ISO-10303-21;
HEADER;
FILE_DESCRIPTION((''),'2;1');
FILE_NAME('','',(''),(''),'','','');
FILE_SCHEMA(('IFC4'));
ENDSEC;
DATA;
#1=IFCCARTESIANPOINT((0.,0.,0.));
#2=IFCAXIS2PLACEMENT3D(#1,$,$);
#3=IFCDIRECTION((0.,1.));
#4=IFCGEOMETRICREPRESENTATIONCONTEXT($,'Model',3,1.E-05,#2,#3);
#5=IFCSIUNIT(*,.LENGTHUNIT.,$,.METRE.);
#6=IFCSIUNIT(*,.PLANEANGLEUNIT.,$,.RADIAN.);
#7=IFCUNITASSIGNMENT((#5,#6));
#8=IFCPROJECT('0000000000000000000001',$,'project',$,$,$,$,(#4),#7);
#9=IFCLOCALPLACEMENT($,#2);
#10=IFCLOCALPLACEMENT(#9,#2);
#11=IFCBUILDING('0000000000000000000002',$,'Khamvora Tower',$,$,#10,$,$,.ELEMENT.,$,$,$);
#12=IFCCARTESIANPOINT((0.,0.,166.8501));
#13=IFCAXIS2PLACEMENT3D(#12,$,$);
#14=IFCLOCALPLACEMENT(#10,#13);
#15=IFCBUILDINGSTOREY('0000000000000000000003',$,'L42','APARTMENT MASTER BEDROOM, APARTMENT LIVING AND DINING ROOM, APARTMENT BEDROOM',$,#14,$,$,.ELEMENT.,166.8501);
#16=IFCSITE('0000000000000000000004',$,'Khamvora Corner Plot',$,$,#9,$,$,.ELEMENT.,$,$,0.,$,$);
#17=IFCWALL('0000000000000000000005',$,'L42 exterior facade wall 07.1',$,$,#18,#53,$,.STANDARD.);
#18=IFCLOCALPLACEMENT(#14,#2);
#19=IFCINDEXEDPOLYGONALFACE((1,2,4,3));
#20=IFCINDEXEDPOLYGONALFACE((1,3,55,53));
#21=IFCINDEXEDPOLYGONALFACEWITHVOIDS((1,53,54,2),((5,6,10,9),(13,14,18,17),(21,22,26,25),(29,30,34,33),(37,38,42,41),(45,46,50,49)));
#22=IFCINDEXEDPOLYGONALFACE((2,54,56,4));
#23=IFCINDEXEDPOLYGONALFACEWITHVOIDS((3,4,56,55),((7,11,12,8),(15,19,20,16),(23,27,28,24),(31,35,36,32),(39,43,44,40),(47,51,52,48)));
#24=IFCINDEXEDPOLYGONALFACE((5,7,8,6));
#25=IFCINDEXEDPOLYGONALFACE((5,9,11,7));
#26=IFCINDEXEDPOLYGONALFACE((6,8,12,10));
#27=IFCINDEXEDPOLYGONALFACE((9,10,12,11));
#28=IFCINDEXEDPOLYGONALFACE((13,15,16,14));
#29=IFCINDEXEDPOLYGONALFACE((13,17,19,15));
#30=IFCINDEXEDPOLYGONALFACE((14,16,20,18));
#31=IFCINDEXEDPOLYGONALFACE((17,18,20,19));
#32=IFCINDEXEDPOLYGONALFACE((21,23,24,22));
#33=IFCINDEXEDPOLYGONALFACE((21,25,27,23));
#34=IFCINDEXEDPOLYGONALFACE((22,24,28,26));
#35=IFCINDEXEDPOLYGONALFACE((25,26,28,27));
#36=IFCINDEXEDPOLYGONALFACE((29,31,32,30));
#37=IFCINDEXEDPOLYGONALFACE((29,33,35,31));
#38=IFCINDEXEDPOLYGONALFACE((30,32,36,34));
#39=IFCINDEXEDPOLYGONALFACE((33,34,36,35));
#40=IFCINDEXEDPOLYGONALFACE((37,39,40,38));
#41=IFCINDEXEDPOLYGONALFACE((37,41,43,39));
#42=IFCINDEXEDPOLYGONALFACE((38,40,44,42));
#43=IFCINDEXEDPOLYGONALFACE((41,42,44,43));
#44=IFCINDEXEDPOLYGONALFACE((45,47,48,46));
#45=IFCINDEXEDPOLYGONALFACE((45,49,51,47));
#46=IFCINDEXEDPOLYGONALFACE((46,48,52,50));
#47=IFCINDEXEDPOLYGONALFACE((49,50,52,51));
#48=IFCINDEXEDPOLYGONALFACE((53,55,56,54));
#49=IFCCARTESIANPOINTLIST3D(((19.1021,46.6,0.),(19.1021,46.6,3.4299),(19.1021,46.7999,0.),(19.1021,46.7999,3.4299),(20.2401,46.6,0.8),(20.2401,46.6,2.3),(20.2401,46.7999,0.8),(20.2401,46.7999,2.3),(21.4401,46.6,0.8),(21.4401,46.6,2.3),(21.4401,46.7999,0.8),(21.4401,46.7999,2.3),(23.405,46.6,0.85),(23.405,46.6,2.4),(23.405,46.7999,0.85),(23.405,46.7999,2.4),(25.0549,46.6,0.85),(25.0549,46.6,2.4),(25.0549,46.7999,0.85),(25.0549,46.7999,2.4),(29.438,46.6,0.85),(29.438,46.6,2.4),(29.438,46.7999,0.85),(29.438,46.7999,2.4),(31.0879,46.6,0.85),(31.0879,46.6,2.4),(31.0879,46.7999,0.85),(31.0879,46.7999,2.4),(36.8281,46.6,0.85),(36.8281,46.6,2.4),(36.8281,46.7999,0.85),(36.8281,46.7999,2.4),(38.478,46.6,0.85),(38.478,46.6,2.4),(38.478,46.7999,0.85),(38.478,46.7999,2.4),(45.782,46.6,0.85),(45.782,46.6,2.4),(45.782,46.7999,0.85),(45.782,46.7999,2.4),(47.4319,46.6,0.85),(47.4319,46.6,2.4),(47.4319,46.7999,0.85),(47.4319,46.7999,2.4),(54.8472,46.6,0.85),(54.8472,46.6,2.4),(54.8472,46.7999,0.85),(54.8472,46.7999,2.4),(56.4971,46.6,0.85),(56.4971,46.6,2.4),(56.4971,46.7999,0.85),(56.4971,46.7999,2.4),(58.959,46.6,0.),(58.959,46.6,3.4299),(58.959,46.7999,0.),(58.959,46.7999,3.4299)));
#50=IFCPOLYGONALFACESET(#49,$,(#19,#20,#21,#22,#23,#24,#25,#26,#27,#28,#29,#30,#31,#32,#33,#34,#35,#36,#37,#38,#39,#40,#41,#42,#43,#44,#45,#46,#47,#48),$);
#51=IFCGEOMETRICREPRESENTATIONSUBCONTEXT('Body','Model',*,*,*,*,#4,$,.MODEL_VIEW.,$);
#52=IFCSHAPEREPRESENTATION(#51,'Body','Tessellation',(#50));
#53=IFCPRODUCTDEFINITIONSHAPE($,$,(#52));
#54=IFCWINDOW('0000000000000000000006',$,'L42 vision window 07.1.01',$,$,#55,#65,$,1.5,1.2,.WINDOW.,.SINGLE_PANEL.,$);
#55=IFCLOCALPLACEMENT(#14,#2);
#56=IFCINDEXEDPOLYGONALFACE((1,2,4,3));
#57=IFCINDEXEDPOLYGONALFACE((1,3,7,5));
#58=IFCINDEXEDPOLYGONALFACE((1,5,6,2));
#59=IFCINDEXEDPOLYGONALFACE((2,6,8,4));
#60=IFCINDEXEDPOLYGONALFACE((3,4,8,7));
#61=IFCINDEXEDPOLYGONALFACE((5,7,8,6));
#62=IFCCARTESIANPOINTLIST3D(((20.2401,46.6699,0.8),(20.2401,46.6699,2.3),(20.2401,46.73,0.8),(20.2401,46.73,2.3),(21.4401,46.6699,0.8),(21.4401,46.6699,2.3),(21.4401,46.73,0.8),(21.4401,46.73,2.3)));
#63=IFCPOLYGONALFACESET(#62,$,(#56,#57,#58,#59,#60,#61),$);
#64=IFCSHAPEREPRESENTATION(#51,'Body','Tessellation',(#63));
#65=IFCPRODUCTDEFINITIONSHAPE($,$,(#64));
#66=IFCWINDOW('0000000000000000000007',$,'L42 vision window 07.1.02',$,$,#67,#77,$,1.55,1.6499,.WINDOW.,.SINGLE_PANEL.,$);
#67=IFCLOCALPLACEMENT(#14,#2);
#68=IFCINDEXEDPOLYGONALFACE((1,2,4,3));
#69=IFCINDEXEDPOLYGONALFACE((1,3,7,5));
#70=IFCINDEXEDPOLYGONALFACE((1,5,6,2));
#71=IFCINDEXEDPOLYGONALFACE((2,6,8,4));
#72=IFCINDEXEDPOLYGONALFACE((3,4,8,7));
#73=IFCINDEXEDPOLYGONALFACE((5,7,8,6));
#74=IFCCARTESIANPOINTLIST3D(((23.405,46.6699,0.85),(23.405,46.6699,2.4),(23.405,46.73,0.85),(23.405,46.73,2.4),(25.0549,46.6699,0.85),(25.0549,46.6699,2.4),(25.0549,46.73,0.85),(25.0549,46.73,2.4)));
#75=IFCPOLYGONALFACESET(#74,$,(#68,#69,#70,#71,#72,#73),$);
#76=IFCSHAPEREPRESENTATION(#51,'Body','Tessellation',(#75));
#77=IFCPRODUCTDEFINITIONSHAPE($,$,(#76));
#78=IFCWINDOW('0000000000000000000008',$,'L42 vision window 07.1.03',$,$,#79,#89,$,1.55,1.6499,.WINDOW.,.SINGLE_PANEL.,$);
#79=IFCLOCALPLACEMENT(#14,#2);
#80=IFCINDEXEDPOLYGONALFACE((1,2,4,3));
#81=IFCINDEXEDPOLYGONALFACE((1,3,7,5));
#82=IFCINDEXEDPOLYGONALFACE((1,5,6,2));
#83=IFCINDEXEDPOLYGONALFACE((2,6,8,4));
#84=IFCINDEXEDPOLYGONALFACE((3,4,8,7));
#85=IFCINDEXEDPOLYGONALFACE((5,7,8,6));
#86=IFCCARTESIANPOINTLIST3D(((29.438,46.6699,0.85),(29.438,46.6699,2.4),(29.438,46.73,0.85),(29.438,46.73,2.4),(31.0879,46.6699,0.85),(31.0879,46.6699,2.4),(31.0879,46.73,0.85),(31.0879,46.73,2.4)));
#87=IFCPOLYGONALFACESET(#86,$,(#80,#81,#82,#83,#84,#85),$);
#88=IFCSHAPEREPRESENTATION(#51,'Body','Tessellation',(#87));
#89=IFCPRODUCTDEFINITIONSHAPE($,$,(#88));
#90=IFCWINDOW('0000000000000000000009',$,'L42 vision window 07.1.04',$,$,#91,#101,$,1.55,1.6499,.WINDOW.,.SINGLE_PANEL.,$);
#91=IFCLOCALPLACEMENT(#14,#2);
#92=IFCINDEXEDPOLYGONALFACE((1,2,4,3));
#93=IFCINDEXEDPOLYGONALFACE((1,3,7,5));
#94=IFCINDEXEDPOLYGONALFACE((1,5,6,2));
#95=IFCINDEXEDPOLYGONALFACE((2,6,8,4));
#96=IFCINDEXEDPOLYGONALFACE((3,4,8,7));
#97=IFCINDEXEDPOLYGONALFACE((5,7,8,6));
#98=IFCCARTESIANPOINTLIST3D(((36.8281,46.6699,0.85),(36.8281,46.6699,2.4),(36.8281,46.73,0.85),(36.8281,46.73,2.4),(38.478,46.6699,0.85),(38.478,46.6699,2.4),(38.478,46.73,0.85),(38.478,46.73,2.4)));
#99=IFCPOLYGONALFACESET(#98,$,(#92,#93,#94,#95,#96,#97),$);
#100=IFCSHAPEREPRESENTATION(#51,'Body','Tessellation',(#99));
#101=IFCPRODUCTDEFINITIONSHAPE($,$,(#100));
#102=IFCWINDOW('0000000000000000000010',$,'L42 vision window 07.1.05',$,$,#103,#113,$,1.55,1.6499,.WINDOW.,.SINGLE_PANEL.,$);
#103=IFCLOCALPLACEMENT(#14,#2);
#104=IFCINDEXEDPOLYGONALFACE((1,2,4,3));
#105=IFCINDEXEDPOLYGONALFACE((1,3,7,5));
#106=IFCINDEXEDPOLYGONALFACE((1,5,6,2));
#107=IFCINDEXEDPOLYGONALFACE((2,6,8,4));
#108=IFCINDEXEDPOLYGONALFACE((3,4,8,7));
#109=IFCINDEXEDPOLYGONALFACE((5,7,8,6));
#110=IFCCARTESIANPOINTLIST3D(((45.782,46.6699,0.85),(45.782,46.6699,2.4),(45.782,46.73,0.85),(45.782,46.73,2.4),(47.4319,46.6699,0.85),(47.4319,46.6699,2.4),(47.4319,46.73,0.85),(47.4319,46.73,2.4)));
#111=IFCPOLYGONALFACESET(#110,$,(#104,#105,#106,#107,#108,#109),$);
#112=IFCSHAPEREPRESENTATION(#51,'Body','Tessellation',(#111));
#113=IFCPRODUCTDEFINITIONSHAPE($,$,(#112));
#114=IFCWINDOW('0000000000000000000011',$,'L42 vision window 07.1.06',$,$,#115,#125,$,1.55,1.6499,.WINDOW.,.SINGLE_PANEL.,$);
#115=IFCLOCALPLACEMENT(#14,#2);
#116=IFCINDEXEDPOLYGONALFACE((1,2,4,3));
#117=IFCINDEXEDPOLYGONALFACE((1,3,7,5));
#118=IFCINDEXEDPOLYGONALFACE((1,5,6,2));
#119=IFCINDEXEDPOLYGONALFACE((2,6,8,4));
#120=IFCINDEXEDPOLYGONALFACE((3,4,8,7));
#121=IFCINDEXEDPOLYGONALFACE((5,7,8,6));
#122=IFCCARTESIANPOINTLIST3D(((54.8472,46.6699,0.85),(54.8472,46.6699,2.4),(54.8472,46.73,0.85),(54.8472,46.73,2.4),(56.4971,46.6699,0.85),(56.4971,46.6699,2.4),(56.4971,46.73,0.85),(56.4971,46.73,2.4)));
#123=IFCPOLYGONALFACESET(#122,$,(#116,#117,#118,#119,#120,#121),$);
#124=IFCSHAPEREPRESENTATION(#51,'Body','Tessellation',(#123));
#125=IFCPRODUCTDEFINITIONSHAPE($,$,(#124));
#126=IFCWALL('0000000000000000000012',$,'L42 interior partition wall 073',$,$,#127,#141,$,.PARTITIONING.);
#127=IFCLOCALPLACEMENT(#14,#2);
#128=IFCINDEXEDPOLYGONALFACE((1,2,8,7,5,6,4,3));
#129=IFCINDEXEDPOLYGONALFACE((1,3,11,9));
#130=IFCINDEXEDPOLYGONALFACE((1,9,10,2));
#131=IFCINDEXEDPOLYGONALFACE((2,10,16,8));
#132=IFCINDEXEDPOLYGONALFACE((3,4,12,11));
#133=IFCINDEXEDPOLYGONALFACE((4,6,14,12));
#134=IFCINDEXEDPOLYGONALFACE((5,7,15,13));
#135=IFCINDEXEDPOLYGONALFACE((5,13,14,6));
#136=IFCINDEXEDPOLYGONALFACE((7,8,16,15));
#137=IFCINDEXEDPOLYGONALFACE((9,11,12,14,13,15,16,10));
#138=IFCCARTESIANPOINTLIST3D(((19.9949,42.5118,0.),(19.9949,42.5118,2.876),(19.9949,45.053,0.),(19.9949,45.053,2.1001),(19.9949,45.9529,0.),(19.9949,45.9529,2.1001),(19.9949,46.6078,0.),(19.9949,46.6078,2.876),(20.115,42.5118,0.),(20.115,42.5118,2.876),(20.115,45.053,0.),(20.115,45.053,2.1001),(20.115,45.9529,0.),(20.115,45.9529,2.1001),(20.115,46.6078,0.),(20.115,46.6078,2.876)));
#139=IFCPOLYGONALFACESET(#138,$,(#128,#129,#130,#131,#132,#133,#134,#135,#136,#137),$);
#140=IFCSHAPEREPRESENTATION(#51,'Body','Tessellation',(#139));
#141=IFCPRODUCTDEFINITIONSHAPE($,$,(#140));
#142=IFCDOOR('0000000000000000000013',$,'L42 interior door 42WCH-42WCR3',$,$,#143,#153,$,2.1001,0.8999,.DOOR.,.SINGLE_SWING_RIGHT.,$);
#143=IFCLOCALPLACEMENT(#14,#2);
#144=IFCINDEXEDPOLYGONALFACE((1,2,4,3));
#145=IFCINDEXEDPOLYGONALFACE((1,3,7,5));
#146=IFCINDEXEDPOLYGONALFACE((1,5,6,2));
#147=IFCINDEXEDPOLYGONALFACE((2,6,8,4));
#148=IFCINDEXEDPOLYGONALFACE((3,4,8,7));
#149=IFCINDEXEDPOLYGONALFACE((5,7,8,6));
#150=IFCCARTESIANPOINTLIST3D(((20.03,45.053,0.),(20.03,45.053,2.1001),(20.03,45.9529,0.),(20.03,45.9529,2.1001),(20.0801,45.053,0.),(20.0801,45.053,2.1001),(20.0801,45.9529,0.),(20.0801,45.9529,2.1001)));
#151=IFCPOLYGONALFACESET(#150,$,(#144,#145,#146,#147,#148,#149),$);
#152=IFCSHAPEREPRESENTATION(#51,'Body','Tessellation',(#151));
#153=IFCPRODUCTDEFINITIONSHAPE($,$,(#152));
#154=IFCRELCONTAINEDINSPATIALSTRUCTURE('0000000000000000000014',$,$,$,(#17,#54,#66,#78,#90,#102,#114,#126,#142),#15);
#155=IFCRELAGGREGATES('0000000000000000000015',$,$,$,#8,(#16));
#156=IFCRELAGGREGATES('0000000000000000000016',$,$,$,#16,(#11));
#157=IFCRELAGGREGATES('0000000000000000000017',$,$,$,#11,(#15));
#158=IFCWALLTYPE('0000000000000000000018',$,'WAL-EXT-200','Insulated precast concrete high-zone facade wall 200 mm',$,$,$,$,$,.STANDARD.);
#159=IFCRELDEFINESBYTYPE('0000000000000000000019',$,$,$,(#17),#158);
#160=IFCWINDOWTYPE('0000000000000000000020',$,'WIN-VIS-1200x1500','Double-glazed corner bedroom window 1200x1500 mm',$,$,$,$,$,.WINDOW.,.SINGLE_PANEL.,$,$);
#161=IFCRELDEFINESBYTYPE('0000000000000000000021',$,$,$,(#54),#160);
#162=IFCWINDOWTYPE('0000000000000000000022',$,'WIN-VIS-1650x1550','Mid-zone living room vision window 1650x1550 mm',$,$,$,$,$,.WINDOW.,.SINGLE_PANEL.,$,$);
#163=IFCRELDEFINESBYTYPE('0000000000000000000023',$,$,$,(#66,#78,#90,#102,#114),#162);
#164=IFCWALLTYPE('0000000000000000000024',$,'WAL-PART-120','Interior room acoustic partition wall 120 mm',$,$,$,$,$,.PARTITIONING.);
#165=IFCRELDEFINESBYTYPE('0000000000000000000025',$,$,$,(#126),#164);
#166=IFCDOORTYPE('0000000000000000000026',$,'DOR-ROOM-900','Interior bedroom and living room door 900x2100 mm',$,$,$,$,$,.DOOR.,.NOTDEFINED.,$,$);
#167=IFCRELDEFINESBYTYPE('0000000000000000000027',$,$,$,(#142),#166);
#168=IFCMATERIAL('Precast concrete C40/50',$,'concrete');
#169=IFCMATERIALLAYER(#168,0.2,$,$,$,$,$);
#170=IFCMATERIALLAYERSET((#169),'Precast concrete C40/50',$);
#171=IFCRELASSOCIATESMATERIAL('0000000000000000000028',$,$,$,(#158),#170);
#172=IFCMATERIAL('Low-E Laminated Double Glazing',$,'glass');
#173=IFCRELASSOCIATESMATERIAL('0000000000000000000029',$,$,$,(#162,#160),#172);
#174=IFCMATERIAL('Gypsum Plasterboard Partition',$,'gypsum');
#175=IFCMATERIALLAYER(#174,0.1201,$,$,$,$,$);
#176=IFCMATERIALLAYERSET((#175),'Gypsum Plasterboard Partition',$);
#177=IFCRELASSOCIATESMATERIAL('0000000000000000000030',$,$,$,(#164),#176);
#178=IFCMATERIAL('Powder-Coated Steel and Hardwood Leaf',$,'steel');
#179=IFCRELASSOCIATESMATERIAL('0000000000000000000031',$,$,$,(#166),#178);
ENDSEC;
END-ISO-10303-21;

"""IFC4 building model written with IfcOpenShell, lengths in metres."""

from ifc_helpers import new_model, si_unit, direction, frame, frame_2d, origin, place, context, subcontext, project, spatial, rectangle, extrude, material, layer, layer_set, type_object, element, fill, save


model = new_model("IFC4")

# Units and contexts
model_context = context("Model", 3, precision=1e-05, world=origin(), true_north=direction((0.0, 1.0)))
body_context = subcontext(model_context, "Body", "Model", "MODEL_VIEW")
ifc_project = project(units=[si_unit("LENGTHUNIT", "METRE"), si_unit("PLANEANGLEUNIT", "RADIAN")], contexts=[model_context])

# Site, building, storey
site_placement = place(None, origin())
site = spatial("IfcSite", under=ifc_project, at=site_placement, Name="Khamvora Corner Plot", CompositionType="ELEMENT", RefElevation=0.0)
building_placement = place(site_placement, origin())
building = spatial("IfcBuilding", under=site, at=building_placement, Name="Khamvora Tower", CompositionType="ELEMENT")
storey_placement = place(building_placement, frame((0.0, 0.0, 166.8501)))
storey = spatial("IfcBuildingStorey", under=building, at=storey_placement, Name="L42", Description="APARTMENT MASTER BEDROOM, APARTMENT LIVING AND DINING ROOM, APARTMENT BEDROOM", CompositionType="ELEMENT", Elevation=166.8501)

# Shared definitions
ifc_material_1 = material(Name="Precast concrete C40/50", Category="concrete")
ifc_layer_1 = layer(ifc_material_1, 0.2)
ifc_layer_set_1 = layer_set([ifc_layer_1], Name="Precast concrete C40/50")
wall_type_1 = type_object("IfcWallType", Name="WAL-EXT-200", Description="Insulated precast concrete high-zone facade wall 200 mm", PredefinedType="STANDARD", material=ifc_layer_set_1)
ifc_material_2 = material(Name="Low-E Laminated Double Glazing", Category="glass")
window_type_1 = type_object("IfcWindowType", Name="WIN-VIS-1650x1550", Description="Mid-zone living room vision window 1650x1550 mm", PartitioningType="SINGLE_PANEL", PredefinedType="WINDOW", material=ifc_material_2)

# Wall, openings, windows
wall_1_placement = place(storey_placement, frame((19.1021, 46.7, 0.0), z_axis=(0.0, 0.0, 1.0), x_axis=(1.0, 0.0, 0.0)))
wall_1 = element("IfcWall", 1, at=wall_1_placement, inside=storey, type_object=wall_type_1, Name="L42 exterior facade wall 07.1", PredefinedType="STANDARD", context=body_context, shape_type="SweptSolid", body=[
    extrude(rectangle(XDim=39.8569, YDim=0.2, at=frame_2d((19.9285, 0.0))), origin(), (0.0, 0.0, 1.0), 3.4299),
])
opening_1_placement = place(wall_1_placement, frame((1.1379, 0.0, 0.8)))
opening_1 = element("IfcOpeningElement", 2, at=opening_1_placement, cuts=wall_1, PredefinedType="OPENING", context=body_context, shape_type="SweptSolid", body=[
    extrude(rectangle(XDim=1.2, YDim=1.5, at=frame_2d((0.6001, 0.75))), frame((0.0, 0.1099, 0.0), z_axis=(0.0, -1.0, 0.0), x_axis=(1.0, 0.0, 0.0)), (0.0, 0.0, 1.0), 0.22),
])
opening_2_placement = place(wall_1_placement, frame((4.303, 0.0, 0.8501)))
opening_2 = element("IfcOpeningElement", 3, at=opening_2_placement, cuts=wall_1, PredefinedType="OPENING", context=body_context, shape_type="SweptSolid", body=[
    extrude(rectangle(XDim=1.6499, YDim=1.55, at=frame_2d((0.825, 0.7749))), frame((0.0, 0.1099, 0.0), z_axis=(0.0, -1.0, 0.0), x_axis=(1.0, 0.0, 0.0)), (0.0, 0.0, 1.0), 0.22),
])
opening_3_placement = place(wall_1_placement, frame((10.3359, 0.0, 0.8501)))
opening_3 = element("IfcOpeningElement", 4, at=opening_3_placement, cuts=wall_1, PredefinedType="OPENING", context=body_context, shape_type="SweptSolid", body=[
    extrude(rectangle(XDim=1.6499, YDim=1.55, at=frame_2d((0.825, 0.7749))), frame((0.0, 0.1099, 0.0), z_axis=(0.0, -1.0, 0.0), x_axis=(1.0, 0.0, 0.0)), (0.0, 0.0, 1.0), 0.22),
])
opening_4_placement = place(wall_1_placement, frame((17.7261, 0.0, 0.8501)))
opening_4 = element("IfcOpeningElement", 5, at=opening_4_placement, cuts=wall_1, PredefinedType="OPENING", context=body_context, shape_type="SweptSolid", body=[
    extrude(rectangle(XDim=1.6499, YDim=1.55, at=frame_2d((0.825, 0.7749))), frame((0.0, 0.1099, 0.0), z_axis=(0.0, -1.0, 0.0), x_axis=(1.0, 0.0, 0.0)), (0.0, 0.0, 1.0), 0.22),
])
opening_5_placement = place(wall_1_placement, frame((26.6799, 0.0, 0.8501)))
opening_5 = element("IfcOpeningElement", 6, at=opening_5_placement, cuts=wall_1, PredefinedType="OPENING", context=body_context, shape_type="SweptSolid", body=[
    extrude(rectangle(XDim=1.6499, YDim=1.55, at=frame_2d((0.825, 0.7749))), frame((0.0, 0.1099, 0.0), z_axis=(0.0, -1.0, 0.0), x_axis=(1.0, 0.0, 0.0)), (0.0, 0.0, 1.0), 0.22),
])
opening_6_placement = place(wall_1_placement, frame((35.7451, 0.0, 0.8501)))
opening_6 = element("IfcOpeningElement", 7, at=opening_6_placement, cuts=wall_1, PredefinedType="OPENING", context=body_context, shape_type="SweptSolid", body=[
    extrude(rectangle(XDim=1.6499, YDim=1.55, at=frame_2d((0.825, 0.7749))), frame((0.0, 0.1099, 0.0), z_axis=(0.0, -1.0, 0.0), x_axis=(1.0, 0.0, 0.0)), (0.0, 0.0, 1.0), 0.22),
])
window_type_2 = type_object("IfcWindowType", Name="WIN-VIS-1200x1500", Description="Double-glazed corner bedroom window 1200x1500 mm", PartitioningType="SINGLE_PANEL", PredefinedType="WINDOW", material=ifc_material_2)
window_1_placement = place(opening_1_placement, origin())
window_1 = element("IfcWindow", 8, at=window_1_placement, inside=storey, type_object=window_type_2, Name="L42 vision window 07.1.01", OverallHeight=1.5, OverallWidth=1.2, PartitioningType="SINGLE_PANEL", PredefinedType="WINDOW", context=body_context, shape_type="SweptSolid", body=[
    extrude(rectangle(XDim=1.2, YDim=1.5, at=frame_2d((0.6001, 0.75))), frame((0.0, 0.03, 0.0), z_axis=(0.0, -1.0, 0.0), x_axis=(1.0, 0.0, 0.0)), (0.0, 0.0, 1.0), 0.0601),
])
fill(opening_1, window_1)
window_2_placement = place(opening_2_placement, origin())
window_2 = element("IfcWindow", 9, at=window_2_placement, inside=storey, type_object=window_type_1, Name="L42 vision window 07.1.02", OverallHeight=1.55, OverallWidth=1.6499, PartitioningType="SINGLE_PANEL", PredefinedType="WINDOW", context=body_context, shape_type="SweptSolid", body=[
    extrude(rectangle(XDim=1.6499, YDim=1.55, at=frame_2d((0.825, 0.7749))), frame((0.0, 0.03, 0.0), z_axis=(0.0, -1.0, 0.0), x_axis=(1.0, 0.0, 0.0)), (0.0, 0.0, 1.0), 0.0601),
])
fill(opening_2, window_2)
window_3_placement = place(opening_3_placement, origin())
window_3 = element("IfcWindow", 10, at=window_3_placement, inside=storey, type_object=window_type_1, Name="L42 vision window 07.1.03", OverallHeight=1.55, OverallWidth=1.6499, PartitioningType="SINGLE_PANEL", PredefinedType="WINDOW", context=body_context, shape_type="SweptSolid", body=[
    extrude(rectangle(XDim=1.6499, YDim=1.55, at=frame_2d((0.825, 0.7749))), frame((0.0, 0.03, 0.0), z_axis=(0.0, -1.0, 0.0), x_axis=(1.0, 0.0, 0.0)), (0.0, 0.0, 1.0), 0.0601),
])
fill(opening_3, window_3)
window_4_placement = place(opening_4_placement, origin())
window_4 = element("IfcWindow", 11, at=window_4_placement, inside=storey, type_object=window_type_1, Name="L42 vision window 07.1.04", OverallHeight=1.55, OverallWidth=1.6499, PartitioningType="SINGLE_PANEL", PredefinedType="WINDOW", context=body_context, shape_type="SweptSolid", body=[
    extrude(rectangle(XDim=1.6499, YDim=1.55, at=frame_2d((0.825, 0.7749))), frame((0.0, 0.03, 0.0), z_axis=(0.0, -1.0, 0.0), x_axis=(1.0, 0.0, 0.0)), (0.0, 0.0, 1.0), 0.0601),
])
fill(opening_4, window_4)
window_5_placement = place(opening_5_placement, origin())
window_5 = element("IfcWindow", 12, at=window_5_placement, inside=storey, type_object=window_type_1, Name="L42 vision window 07.1.05", OverallHeight=1.55, OverallWidth=1.6499, PartitioningType="SINGLE_PANEL", PredefinedType="WINDOW", context=body_context, shape_type="SweptSolid", body=[
    extrude(rectangle(XDim=1.6499, YDim=1.55, at=frame_2d((0.825, 0.7749))), frame((0.0, 0.03, 0.0), z_axis=(0.0, -1.0, 0.0), x_axis=(1.0, 0.0, 0.0)), (0.0, 0.0, 1.0), 0.0601),
])
fill(opening_5, window_5)
window_6_placement = place(opening_6_placement, origin())
window_6 = element("IfcWindow", 13, at=window_6_placement, inside=storey, type_object=window_type_1, Name="L42 vision window 07.1.06", OverallHeight=1.55, OverallWidth=1.6499, PartitioningType="SINGLE_PANEL", PredefinedType="WINDOW", context=body_context, shape_type="SweptSolid", body=[
    extrude(rectangle(XDim=1.6499, YDim=1.55, at=frame_2d((0.825, 0.7749))), frame((0.0, 0.03, 0.0), z_axis=(0.0, -1.0, 0.0), x_axis=(1.0, 0.0, 0.0)), (0.0, 0.0, 1.0), 0.0601),
])
fill(opening_6, window_6)

# Wall, opening, door
ifc_material_3 = material(Name="Gypsum Plasterboard Partition", Category="gypsum")
ifc_layer_2 = layer(ifc_material_3, 0.1201)
ifc_layer_set_2 = layer_set([ifc_layer_2], Name="Gypsum Plasterboard Partition")
wall_type_2 = type_object("IfcWallType", Name="WAL-PART-120", Description="Interior room acoustic partition wall 120 mm", PredefinedType="PARTITIONING", material=ifc_layer_set_2)
wall_2_placement = place(storey_placement, frame((20.0549, 42.512, 0.0), z_axis=(0.0, 0.0, 1.0), x_axis=(0.0, 1.0, 0.0)))
wall_2 = element("IfcWall", 14, at=wall_2_placement, inside=storey, type_object=wall_type_2, Name="L42 interior partition wall 073", PredefinedType="PARTITIONING", context=body_context, shape_type="SweptSolid", body=[
    extrude(rectangle(XDim=4.0959, YDim=0.1201, at=frame_2d((2.0479, 0.0))), origin(), (0.0, 0.0, 1.0), 2.876),
])
opening_7_placement = place(wall_2_placement, frame((2.541, 0.0, 0.0)))
opening_7 = element("IfcOpeningElement", 15, at=opening_7_placement, cuts=wall_2, PredefinedType="OPENING", context=body_context, shape_type="SweptSolid", body=[
    extrude(rectangle(XDim=0.8999, YDim=2.1001, at=frame_2d((0.45, 1.05))), frame((0.0, 0.0701, 0.0), z_axis=(0.0, -1.0, 0.0), x_axis=(1.0, 0.0, 0.0)), (0.0, 0.0, 1.0), 0.1401),
])
ifc_material_4 = material(Name="Powder-Coated Steel and Hardwood Leaf", Category="steel")
door_type = type_object("IfcDoorType", Name="DOR-ROOM-900", Description="Interior bedroom and living room door 900x2100 mm", OperationType="NOTDEFINED", PredefinedType="DOOR", material=ifc_material_4)
door_1_placement = place(opening_7_placement, origin())
door_1 = element("IfcDoor", 16, at=door_1_placement, inside=storey, type_object=door_type, Name="L42 interior door 42WCH-42WCR3", OperationType="SINGLE_SWING_RIGHT", OverallHeight=2.1001, OverallWidth=0.8999, PredefinedType="DOOR", context=body_context, shape_type="SweptSolid", body=[
    extrude(rectangle(XDim=0.8999, YDim=2.1001, at=frame_2d((0.45, 1.05))), frame((0.0, 0.0249, 0.0), z_axis=(0.0, -1.0, 0.0), x_axis=(1.0, 0.0, 0.0)), (0.0, 0.0, 1.0), 0.05),
])
fill(opening_7, door_1)

save(model, "model.ifc")
